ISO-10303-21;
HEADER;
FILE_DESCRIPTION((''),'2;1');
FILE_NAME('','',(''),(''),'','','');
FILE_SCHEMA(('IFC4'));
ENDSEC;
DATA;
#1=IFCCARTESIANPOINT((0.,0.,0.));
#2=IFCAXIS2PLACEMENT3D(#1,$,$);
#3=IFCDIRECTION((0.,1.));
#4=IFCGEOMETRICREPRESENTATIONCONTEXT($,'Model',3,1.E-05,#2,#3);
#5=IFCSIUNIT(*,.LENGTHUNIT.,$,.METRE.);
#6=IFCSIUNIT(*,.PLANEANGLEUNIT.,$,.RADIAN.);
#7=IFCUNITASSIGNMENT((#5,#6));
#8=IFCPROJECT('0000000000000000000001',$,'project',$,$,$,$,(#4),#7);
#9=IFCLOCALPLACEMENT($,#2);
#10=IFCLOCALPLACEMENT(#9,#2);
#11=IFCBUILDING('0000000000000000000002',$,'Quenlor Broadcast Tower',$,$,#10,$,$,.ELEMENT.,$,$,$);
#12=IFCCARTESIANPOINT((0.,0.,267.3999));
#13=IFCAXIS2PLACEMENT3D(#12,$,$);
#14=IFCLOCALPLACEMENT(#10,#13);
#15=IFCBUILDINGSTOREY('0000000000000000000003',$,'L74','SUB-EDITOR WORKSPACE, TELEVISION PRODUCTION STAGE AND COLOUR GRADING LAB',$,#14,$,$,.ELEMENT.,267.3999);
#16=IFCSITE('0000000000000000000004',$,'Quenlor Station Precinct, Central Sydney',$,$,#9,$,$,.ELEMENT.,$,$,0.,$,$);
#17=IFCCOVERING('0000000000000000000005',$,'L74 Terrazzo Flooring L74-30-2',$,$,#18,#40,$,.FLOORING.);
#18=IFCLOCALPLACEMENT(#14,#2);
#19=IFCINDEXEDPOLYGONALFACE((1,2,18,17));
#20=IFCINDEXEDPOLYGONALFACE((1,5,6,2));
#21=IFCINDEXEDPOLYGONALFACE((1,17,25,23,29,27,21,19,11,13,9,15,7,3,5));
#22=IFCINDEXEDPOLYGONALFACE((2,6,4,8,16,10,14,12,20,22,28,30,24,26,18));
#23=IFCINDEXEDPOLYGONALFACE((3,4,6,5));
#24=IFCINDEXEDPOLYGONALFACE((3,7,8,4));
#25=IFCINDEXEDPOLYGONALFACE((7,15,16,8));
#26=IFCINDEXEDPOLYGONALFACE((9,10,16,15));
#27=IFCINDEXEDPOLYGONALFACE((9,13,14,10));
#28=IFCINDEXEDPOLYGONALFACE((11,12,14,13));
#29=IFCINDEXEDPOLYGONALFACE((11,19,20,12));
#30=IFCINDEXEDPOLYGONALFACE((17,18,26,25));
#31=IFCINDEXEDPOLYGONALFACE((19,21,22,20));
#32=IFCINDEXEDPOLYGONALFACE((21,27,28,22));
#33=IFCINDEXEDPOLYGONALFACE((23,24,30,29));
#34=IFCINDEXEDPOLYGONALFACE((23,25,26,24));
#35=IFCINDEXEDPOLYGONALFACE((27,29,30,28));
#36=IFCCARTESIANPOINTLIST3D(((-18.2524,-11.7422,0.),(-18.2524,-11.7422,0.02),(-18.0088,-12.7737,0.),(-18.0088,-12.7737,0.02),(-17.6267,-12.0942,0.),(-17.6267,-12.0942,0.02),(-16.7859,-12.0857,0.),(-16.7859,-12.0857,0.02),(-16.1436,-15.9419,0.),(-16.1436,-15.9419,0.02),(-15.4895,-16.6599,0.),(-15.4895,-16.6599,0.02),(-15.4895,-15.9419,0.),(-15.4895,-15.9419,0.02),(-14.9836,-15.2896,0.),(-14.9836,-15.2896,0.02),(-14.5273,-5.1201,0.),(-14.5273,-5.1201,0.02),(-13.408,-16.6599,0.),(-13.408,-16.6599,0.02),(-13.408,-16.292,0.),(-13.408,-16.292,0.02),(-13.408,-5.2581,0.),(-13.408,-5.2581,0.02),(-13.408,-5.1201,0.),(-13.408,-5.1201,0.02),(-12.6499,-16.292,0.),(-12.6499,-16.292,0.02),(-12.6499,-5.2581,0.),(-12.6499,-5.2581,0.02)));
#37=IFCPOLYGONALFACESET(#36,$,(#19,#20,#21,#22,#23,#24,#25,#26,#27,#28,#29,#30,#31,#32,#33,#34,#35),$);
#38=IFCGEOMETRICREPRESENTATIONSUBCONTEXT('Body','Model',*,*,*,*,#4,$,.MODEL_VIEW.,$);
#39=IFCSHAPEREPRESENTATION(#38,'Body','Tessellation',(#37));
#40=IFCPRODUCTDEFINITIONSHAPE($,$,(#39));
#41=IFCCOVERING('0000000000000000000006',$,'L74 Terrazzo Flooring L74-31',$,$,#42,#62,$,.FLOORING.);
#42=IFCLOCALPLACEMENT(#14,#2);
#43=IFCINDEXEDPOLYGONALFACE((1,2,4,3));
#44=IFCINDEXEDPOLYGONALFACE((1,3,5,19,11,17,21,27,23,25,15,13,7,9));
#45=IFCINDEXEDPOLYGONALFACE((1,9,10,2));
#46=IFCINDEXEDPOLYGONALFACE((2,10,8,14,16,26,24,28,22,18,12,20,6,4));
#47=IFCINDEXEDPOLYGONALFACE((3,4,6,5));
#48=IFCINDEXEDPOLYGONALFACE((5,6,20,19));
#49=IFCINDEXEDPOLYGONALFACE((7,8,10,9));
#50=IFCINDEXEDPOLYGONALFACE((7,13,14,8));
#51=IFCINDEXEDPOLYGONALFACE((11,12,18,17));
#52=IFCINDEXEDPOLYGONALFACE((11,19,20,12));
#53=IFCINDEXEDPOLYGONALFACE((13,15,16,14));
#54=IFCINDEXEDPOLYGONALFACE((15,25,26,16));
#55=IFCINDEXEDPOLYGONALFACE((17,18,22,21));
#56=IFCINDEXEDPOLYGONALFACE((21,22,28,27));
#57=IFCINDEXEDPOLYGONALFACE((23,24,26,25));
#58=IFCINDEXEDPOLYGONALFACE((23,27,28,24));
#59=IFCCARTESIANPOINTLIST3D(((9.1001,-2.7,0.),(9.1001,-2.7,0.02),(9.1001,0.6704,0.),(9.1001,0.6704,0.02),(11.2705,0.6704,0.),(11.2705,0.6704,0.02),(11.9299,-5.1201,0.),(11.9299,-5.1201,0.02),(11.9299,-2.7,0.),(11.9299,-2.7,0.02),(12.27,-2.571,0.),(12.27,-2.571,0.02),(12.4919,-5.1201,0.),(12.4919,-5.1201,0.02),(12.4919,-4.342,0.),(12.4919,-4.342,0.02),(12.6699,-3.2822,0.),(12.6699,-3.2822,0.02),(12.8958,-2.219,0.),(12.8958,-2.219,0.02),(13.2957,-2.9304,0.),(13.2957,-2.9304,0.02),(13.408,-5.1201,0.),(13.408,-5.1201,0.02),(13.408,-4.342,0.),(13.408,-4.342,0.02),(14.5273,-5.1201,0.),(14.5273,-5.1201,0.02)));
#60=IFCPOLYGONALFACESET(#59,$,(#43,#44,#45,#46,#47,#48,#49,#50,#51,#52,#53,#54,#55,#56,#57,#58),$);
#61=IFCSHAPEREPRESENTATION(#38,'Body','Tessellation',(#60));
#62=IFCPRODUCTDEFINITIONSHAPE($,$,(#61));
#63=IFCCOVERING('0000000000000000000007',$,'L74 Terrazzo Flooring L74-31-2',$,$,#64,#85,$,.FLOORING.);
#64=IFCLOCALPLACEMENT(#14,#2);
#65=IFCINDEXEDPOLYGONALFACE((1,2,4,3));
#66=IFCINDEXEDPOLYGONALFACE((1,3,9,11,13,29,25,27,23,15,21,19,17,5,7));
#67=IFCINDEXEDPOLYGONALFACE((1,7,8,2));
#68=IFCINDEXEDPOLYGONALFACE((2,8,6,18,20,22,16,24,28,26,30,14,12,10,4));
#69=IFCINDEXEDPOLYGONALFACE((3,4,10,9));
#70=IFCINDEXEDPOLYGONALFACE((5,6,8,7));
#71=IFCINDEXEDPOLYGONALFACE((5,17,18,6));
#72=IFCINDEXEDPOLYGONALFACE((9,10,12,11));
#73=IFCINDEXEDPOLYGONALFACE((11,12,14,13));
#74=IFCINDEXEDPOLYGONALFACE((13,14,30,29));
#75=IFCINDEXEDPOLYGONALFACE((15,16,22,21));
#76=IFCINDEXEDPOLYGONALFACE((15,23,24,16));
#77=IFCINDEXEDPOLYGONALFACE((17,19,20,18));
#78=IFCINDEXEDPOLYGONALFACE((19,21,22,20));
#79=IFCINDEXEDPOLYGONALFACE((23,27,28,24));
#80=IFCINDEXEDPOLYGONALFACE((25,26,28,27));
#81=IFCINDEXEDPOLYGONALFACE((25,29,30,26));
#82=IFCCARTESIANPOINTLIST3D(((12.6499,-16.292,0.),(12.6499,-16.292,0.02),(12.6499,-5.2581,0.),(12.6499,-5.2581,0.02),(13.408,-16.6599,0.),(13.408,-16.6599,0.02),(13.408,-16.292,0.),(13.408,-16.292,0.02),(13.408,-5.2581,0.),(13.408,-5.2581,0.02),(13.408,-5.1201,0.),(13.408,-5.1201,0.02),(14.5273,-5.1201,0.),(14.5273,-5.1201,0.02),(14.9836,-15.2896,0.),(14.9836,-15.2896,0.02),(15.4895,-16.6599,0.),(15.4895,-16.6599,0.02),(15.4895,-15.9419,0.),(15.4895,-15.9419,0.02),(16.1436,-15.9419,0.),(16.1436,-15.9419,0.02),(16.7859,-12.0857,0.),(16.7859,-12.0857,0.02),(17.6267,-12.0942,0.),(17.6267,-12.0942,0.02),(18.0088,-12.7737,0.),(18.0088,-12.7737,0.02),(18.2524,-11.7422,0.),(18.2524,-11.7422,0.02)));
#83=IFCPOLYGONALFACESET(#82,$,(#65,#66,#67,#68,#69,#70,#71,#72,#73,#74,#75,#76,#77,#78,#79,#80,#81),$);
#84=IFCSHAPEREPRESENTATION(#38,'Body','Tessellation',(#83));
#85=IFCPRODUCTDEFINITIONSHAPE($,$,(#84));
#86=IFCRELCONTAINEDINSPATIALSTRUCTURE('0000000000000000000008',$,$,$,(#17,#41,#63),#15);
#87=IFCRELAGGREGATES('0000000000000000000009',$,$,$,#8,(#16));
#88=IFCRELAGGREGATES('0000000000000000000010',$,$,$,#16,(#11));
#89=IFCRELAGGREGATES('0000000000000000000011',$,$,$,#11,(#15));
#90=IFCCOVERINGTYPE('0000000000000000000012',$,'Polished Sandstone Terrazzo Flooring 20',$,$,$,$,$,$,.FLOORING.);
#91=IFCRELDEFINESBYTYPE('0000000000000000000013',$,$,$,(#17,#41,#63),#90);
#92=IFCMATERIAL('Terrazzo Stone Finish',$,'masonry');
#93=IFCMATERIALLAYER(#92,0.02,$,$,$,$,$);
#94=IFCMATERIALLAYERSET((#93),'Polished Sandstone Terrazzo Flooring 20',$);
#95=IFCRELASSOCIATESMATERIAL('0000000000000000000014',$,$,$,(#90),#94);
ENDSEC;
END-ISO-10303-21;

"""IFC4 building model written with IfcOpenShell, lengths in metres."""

from ifc_helpers import new_model, si_unit, direction, frame, origin, place, context, subcontext, project, spatial, polyline, outline, extrude, material, layer, layer_set, type_object, element, save


model = new_model("IFC4")

# Units and contexts
model_context = context("Model", 3, precision=1e-05, world=origin(), true_north=direction((0.0, 1.0)))
body_context = subcontext(model_context, "Body", "Model", "MODEL_VIEW")
ifc_project = project(units=[si_unit("LENGTHUNIT", "METRE"), si_unit("PLANEANGLEUNIT", "RADIAN")], contexts=[model_context])

# Site, building, storey
site_placement = place(None, origin())
site = spatial("IfcSite", under=ifc_project, at=site_placement, Name="Quenlor Station Precinct, Central Sydney", CompositionType="ELEMENT", RefElevation=0.0)
building_placement = place(site_placement, origin())
building = spatial("IfcBuilding", under=site, at=building_placement, Name="Quenlor Broadcast Tower", CompositionType="ELEMENT")
storey_placement = place(building_placement, frame((0.0, 0.0, 267.3999)))
storey = spatial("IfcBuildingStorey", under=building, at=storey_placement, Name="L74", Description="SUB-EDITOR WORKSPACE, TELEVISION PRODUCTION STAGE AND COLOUR GRADING LAB", CompositionType="ELEMENT", Elevation=267.3999)

# Coverings
ifc_material_1 = material(Name="Terrazzo Stone Finish", Category="masonry")
ifc_layer_1 = layer(ifc_material_1, 0.02)
ifc_layer_set_1 = layer_set([ifc_layer_1], Name="Polished Sandstone Terrazzo Flooring 20")
covering_type_1 = type_object("IfcCoveringType", Name="Polished Sandstone Terrazzo Flooring 20", PredefinedType="FLOORING", material=ifc_layer_set_1)
covering_1_placement = place(storey_placement, origin())
element("IfcCovering", 1, at=covering_1_placement, inside=storey, type_object=covering_type_1, Name="L74 Terrazzo Flooring L74-30-2", PredefinedType="FLOORING", context=body_context, shape_type="SweptSolid", body=[
    extrude(outline(polyline([(-18.2524, -11.7422), (-14.5273, -5.1201), (-13.408, -5.1201), (-13.408, -5.2581), (-12.6499, -5.2581), (-12.6499, -16.292), (-13.408, -16.292), (-13.408, -16.6599), (-15.4895, -16.6599), (-15.4895, -15.9419), (-16.1436, -15.9419), (-14.9836, -15.2896), (-16.7859, -12.0857), (-18.0088, -12.7737), (-17.6267, -12.0942), (-18.2524, -11.7422)])), origin(), (0.0, 0.0, 1.0), 0.02),
])
covering_2_placement = place(storey_placement, origin())
element("IfcCovering", 2, at=covering_2_placement, inside=storey, type_object=covering_type_1, Name="L74 Terrazzo Flooring L74-31", PredefinedType="FLOORING", context=body_context, shape_type="SweptSolid", body=[
    extrude(outline(polyline([(13.408, -4.342), (12.4919, -4.342), (12.4919, -5.1201), (11.9299, -5.1201), (11.9299, -2.7), (9.1001, -2.7), (9.1001, 0.6704), (11.2705, 0.6704), (12.8958, -2.219), (12.27, -2.571), (12.6699, -3.2822), (13.2957, -2.9304), (14.5273, -5.1201), (13.408, -5.1201), (13.408, -4.342)])), origin(), (0.0, 0.0, 1.0), 0.02),
])
covering_3_placement = place(storey_placement, origin())
element("IfcCovering", 3, at=covering_3_placement, inside=storey, type_object=covering_type_1, Name="L74 Terrazzo Flooring L74-31-2", PredefinedType="FLOORING", context=body_context, shape_type="SweptSolid", body=[
    extrude(outline(polyline([(13.408, -5.1201), (14.5273, -5.1201), (18.2524, -11.7422), (17.6267, -12.0942), (18.0088, -12.7737), (16.7859, -12.0857), (14.9836, -15.2896), (16.1436, -15.9419), (15.4895, -15.9419), (15.4895, -16.6599), (13.408, -16.6599), (13.408, -16.292), (12.6499, -16.292), (12.6499, -5.2581), (13.408, -5.2581), (13.408, -5.1201)])), origin(), (0.0, 0.0, 1.0), 0.02),
])

save(model, "model.ifc")
